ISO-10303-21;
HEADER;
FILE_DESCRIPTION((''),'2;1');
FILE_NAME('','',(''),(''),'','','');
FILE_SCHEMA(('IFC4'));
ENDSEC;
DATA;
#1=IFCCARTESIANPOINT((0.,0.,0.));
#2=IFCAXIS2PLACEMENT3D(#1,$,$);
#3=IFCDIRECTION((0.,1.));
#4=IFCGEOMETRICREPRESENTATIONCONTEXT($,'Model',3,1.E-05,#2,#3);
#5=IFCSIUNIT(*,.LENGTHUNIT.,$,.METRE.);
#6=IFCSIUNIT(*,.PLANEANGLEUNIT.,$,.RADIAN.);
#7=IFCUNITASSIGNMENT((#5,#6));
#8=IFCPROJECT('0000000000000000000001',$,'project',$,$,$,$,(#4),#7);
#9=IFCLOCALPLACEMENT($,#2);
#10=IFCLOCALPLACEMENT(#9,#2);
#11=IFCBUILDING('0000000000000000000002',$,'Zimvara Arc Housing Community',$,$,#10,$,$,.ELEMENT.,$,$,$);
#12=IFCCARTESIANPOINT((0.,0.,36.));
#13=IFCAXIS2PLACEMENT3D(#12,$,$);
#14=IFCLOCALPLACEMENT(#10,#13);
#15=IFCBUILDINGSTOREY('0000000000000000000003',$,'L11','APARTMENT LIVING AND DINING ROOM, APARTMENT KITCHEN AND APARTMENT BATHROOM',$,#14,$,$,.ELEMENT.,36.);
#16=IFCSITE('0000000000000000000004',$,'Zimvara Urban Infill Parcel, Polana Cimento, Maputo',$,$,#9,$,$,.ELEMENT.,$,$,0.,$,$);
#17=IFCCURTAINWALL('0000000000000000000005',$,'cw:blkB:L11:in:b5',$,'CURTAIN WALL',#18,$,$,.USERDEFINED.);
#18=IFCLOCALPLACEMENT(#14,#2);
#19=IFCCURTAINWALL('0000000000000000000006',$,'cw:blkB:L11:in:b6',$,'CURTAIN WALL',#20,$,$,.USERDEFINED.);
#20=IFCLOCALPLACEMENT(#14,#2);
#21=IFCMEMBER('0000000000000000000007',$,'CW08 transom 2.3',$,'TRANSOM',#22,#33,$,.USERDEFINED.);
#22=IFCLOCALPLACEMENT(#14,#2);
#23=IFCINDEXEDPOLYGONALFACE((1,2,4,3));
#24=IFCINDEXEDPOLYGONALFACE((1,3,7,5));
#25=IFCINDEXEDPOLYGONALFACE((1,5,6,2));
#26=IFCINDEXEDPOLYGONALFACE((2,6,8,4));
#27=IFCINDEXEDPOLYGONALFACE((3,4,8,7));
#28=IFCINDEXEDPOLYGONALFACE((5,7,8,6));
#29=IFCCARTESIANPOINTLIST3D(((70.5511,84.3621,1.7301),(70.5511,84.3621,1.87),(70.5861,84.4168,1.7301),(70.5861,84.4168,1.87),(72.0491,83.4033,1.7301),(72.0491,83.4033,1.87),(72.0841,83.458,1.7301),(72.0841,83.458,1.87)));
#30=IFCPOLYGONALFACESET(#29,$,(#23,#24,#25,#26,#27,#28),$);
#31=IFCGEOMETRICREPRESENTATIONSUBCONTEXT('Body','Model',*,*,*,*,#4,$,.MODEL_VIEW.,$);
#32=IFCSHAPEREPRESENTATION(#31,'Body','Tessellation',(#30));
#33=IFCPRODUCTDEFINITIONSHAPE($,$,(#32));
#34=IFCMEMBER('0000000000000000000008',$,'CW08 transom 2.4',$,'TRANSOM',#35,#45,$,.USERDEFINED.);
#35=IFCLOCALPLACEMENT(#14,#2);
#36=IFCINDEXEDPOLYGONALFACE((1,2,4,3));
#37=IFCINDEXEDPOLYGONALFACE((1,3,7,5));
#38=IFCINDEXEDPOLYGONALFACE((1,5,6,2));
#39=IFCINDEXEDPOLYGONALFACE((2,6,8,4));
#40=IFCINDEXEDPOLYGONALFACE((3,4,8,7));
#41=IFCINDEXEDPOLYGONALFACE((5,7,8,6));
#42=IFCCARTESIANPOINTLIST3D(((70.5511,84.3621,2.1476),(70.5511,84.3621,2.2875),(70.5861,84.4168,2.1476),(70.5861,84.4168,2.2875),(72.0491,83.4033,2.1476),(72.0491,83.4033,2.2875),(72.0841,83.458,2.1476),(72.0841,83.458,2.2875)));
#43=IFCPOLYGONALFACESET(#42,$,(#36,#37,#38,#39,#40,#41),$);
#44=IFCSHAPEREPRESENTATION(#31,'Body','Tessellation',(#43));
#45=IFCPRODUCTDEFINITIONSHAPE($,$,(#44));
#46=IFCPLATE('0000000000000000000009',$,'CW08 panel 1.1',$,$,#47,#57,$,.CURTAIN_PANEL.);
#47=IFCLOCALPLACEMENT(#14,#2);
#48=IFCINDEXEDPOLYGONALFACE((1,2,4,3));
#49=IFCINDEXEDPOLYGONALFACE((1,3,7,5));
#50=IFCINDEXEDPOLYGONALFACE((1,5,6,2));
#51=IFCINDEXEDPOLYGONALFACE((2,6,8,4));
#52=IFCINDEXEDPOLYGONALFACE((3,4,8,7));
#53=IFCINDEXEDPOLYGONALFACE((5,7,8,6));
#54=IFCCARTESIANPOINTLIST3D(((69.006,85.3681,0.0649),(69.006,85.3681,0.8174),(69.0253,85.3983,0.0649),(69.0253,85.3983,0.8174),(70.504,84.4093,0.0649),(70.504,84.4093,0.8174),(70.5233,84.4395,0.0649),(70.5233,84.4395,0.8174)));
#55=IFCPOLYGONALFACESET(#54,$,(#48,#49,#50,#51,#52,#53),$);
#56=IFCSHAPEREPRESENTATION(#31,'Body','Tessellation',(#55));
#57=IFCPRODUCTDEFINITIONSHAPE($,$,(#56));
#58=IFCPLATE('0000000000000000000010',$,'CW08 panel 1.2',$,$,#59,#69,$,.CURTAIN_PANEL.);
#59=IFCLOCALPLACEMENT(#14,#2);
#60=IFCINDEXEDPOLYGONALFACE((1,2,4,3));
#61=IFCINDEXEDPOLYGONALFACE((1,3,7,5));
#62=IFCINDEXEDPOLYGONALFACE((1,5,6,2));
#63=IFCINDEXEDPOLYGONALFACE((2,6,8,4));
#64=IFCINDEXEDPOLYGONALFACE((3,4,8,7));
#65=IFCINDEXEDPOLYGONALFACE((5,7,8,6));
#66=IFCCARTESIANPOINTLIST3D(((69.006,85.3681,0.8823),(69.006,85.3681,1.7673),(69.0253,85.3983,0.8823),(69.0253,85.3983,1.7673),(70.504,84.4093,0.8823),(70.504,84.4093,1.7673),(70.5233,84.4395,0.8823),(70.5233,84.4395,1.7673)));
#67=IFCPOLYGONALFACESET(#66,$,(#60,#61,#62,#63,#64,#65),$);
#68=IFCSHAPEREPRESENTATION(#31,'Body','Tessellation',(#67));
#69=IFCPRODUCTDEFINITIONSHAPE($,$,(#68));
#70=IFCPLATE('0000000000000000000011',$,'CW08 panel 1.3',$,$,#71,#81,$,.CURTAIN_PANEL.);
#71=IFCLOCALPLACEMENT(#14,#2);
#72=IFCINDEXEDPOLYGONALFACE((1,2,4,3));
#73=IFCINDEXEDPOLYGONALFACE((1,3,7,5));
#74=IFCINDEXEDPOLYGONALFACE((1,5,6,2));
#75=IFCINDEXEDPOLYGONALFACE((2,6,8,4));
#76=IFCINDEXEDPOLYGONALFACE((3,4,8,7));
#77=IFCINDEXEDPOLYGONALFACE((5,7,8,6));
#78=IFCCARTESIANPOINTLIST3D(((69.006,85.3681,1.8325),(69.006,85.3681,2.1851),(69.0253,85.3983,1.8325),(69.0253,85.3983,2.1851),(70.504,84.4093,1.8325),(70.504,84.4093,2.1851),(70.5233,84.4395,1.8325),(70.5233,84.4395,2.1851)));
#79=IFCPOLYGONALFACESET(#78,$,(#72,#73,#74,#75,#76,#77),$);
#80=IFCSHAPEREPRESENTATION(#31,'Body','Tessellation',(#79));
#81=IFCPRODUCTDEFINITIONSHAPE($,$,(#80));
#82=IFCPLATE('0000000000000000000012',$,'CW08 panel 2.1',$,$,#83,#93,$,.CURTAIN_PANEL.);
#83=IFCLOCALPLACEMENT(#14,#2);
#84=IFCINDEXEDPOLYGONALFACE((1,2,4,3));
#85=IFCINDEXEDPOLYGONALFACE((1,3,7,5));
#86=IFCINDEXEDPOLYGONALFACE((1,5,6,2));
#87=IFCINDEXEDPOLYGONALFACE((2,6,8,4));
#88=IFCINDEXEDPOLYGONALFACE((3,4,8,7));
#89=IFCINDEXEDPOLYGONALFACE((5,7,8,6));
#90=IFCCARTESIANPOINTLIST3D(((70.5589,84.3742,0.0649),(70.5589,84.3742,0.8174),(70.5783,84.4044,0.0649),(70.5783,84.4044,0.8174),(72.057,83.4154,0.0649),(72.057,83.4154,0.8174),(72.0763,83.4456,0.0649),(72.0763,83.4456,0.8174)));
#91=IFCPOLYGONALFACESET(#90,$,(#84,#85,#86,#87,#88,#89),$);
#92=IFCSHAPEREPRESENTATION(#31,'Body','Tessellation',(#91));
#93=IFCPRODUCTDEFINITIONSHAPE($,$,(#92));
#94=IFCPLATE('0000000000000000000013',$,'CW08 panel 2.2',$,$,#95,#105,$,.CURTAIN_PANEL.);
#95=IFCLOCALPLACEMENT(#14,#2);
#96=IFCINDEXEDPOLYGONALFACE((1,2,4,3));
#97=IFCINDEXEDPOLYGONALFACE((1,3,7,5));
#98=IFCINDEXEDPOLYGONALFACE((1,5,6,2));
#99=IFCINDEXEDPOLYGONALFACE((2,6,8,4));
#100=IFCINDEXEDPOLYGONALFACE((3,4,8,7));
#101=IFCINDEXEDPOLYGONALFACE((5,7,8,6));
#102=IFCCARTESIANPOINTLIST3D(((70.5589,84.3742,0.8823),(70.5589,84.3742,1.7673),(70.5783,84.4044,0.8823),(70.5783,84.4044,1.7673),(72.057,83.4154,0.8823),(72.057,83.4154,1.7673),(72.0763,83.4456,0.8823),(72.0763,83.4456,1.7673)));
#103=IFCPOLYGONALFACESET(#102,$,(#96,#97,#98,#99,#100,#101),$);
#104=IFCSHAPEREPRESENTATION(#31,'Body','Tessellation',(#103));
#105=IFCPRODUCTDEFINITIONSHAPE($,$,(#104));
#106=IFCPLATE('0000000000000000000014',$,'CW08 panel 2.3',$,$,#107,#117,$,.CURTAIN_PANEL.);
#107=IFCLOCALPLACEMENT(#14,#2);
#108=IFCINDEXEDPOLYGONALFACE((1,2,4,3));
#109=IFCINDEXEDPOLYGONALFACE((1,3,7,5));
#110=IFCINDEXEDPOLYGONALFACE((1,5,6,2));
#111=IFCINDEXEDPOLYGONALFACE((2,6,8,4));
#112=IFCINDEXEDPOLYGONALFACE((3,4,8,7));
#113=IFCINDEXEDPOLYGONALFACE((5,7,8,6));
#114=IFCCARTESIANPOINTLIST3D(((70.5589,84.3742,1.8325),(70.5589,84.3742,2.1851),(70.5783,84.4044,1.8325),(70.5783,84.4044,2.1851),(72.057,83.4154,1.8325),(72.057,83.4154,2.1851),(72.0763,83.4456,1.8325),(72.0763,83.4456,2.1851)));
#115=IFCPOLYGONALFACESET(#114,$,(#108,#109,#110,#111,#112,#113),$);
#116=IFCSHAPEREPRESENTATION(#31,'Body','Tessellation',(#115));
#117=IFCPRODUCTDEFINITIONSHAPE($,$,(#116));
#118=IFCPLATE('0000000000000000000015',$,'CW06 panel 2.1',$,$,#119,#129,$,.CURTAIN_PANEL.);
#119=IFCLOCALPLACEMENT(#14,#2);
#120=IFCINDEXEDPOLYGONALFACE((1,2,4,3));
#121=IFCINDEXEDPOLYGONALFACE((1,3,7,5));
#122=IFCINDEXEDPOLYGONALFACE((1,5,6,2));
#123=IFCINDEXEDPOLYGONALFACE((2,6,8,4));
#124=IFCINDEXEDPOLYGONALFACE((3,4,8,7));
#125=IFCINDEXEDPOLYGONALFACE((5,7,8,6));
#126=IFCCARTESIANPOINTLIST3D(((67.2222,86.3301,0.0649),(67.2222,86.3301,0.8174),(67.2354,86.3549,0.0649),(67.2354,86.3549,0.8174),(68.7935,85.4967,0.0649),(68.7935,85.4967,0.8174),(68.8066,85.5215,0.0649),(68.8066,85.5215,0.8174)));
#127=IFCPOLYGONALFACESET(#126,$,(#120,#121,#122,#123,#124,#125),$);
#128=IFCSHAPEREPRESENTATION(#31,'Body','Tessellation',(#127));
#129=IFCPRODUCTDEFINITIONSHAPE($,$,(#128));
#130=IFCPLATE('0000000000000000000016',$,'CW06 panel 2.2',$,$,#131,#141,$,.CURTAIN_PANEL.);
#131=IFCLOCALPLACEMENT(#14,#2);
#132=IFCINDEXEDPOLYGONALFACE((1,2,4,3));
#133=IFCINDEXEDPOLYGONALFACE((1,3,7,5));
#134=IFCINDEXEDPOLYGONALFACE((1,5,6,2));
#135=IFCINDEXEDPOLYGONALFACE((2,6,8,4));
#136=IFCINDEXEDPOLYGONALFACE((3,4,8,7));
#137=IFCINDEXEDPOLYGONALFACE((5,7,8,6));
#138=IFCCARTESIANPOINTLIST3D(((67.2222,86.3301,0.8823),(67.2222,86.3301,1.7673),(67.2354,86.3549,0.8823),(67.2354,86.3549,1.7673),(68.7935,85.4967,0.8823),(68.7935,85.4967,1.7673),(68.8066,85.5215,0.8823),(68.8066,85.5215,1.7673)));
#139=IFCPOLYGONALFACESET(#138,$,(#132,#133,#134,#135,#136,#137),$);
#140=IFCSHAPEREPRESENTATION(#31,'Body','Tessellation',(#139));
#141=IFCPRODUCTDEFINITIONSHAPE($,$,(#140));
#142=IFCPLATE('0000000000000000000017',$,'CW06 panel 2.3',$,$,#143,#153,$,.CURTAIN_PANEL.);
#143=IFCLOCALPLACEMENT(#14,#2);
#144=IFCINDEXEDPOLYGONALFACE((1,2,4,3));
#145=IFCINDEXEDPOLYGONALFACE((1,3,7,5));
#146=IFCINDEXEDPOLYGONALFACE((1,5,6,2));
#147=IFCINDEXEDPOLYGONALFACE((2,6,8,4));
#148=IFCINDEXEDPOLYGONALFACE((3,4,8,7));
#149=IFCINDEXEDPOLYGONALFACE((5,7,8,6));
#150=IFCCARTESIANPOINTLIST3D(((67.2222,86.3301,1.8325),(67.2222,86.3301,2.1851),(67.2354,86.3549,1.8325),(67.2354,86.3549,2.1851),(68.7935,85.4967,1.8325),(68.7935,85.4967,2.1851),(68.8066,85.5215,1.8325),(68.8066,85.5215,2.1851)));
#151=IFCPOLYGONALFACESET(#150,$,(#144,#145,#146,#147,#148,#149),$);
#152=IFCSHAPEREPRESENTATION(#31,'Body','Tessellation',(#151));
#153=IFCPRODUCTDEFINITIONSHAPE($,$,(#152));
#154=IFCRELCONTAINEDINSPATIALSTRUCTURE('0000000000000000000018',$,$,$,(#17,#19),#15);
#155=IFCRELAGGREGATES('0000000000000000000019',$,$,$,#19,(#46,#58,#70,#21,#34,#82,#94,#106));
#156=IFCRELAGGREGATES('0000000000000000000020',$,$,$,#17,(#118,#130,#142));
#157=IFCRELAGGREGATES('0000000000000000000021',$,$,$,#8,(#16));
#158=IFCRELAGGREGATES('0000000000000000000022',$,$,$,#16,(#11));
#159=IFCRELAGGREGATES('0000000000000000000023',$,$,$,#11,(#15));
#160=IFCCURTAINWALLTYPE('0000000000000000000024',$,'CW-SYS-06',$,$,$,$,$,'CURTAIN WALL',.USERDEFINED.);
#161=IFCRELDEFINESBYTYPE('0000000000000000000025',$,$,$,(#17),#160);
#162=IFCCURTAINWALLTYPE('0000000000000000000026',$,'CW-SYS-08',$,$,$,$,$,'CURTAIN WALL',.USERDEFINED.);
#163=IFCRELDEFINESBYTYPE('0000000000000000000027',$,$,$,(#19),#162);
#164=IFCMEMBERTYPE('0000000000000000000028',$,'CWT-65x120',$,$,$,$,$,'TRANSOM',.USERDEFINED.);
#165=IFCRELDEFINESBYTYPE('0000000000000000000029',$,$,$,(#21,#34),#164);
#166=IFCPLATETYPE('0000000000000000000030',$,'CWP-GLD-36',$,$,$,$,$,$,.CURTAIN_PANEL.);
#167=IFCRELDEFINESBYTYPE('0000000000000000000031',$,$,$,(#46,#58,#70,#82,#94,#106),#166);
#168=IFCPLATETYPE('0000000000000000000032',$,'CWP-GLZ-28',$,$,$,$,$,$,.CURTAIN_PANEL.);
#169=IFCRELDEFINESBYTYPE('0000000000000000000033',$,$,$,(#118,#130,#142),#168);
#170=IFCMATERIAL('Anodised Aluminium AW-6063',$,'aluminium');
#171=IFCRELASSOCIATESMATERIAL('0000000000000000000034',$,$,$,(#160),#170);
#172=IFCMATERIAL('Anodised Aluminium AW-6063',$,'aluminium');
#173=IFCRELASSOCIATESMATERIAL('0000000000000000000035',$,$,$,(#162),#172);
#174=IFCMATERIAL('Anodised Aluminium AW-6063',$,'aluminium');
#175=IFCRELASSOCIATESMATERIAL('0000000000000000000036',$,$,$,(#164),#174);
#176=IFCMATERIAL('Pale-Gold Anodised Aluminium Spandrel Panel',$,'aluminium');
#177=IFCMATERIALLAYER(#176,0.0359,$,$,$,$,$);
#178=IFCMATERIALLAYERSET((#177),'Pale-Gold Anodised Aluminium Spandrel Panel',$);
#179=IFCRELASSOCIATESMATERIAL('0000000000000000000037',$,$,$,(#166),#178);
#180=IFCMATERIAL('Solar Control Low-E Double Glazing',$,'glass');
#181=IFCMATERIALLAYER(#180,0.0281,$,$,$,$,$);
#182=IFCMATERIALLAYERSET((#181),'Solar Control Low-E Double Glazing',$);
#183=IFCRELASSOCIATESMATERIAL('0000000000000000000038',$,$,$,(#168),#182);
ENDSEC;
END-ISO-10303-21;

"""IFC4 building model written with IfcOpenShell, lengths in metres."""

from ifc_helpers import new_model, si_unit, direction, frame, origin, origin_2d, place, context, subcontext, project, spatial, rectangle, extrude, material, layer, layer_set, material_profile, profile_set, type_object, element, aggregate, save


model = new_model("IFC4")

# Units and contexts
model_context = context("Model", 3, precision=1e-05, world=origin(), true_north=direction((0.0, 1.0)))
body_context = subcontext(model_context, "Body", "Model", "MODEL_VIEW")
ifc_project = project(units=[si_unit("LENGTHUNIT", "METRE"), si_unit("PLANEANGLEUNIT", "RADIAN")], contexts=[model_context])

# Site, building, storey
site_placement = place(None, origin())
site = spatial("IfcSite", under=ifc_project, at=site_placement, Name="Zimvara Urban Infill Parcel, Polana Cimento, Maputo", CompositionType="ELEMENT", RefElevation=0.0)
building_placement = place(site_placement, origin())
building = spatial("IfcBuilding", under=site, at=building_placement, Name="Zimvara Arc Housing Community", CompositionType="ELEMENT")
storey_placement = place(building_placement, frame((0.0, 0.0, 36.0)))
storey = spatial("IfcBuildingStorey", under=building, at=storey_placement, Name="L11", Description="APARTMENT LIVING AND DINING ROOM, APARTMENT KITCHEN AND APARTMENT BATHROOM", CompositionType="ELEMENT", Elevation=36.0)

# Curtain wall
ifc_material_1 = material(Name="Anodised Aluminium AW-6063", Category="aluminium")
curtain_wall_type_1 = type_object("IfcCurtainWallType", Name="CW-SYS-06", ElementType="CURTAIN WALL", PredefinedType="USERDEFINED", material=ifc_material_1)
curtain_wall_1_placement = place(storey_placement, origin())
curtain_wall_1 = element("IfcCurtainWall", 1, at=curtain_wall_1_placement, inside=storey, type_object=curtain_wall_type_1, Name="cw:blkB:L11:in:b5", ObjectType="CURTAIN WALL", PredefinedType="USERDEFINED")

# Curtain wall
ifc_material_2 = material(Name="Anodised Aluminium AW-6063", Category="aluminium")
curtain_wall_type_2 = type_object("IfcCurtainWallType", Name="CW-SYS-08", ElementType="CURTAIN WALL", PredefinedType="USERDEFINED", material=ifc_material_2)
curtain_wall_2_placement = place(storey_placement, origin())
curtain_wall_2 = element("IfcCurtainWall", 2, at=curtain_wall_2_placement, inside=storey, type_object=curtain_wall_type_2, Name="cw:blkB:L11:in:b6", ObjectType="CURTAIN WALL", PredefinedType="USERDEFINED")

# Members
ifc_material_3 = material(Name="Anodised Aluminium AW-6063", Category="aluminium")
ifc_material_profile_1 = material_profile(ifc_material_3, rectangle(XDim=0.0649, YDim=0.1399, at=origin_2d()), Name="ALU 65x140")
ifc_profile_set_1 = profile_set([ifc_material_profile_1], Name="Anodised Aluminium AW-6063")
member_type_1 = type_object("IfcMemberType", Name="CWT-65x120", ElementType="TRANSOM", PredefinedType="USERDEFINED", material=ifc_profile_set_1)
member_1_placement = place(storey_placement, frame((70.5686, 84.3894, 1.8), z_axis=(0.842274, -0.53905, 0.0), x_axis=(0.53905, 0.842274, 0.0)))
member_1 = element("IfcMember", 3, at=member_1_placement, type_object=member_type_1, Name="CW08 transom 2.3", ObjectType="TRANSOM", PredefinedType="USERDEFINED", context=body_context, shape_type="SweptSolid", body=[
    extrude(rectangle(XDim=0.0649, YDim=0.1399, at=origin_2d()), origin(), (0.0, 0.0, 1.0), 1.7786),
])
member_2_placement = place(storey_placement, frame((70.5686, 84.3894, 2.2175), z_axis=(0.842274, -0.53905, 0.0), x_axis=(0.53905, 0.842274, 0.0)))
member_2 = element("IfcMember", 4, at=member_2_placement, type_object=member_type_1, Name="CW08 transom 2.4", ObjectType="TRANSOM", PredefinedType="USERDEFINED", context=body_context, shape_type="SweptSolid", body=[
    extrude(rectangle(XDim=0.0649, YDim=0.1399, at=origin_2d()), origin(), (0.0, 0.0, 1.0), 1.7786),
])

# Plates
ifc_material_4 = material(Name="Pale-Gold Anodised Aluminium Spandrel Panel", Category="aluminium")
ifc_layer_1 = layer(ifc_material_4, 0.0359)
ifc_layer_set_1 = layer_set([ifc_layer_1], Name="Pale-Gold Anodised Aluminium Spandrel Panel")
plate_type_1 = type_object("IfcPlateType", Name="CWP-GLD-36", PredefinedType="CURTAIN_PANEL", material=ifc_layer_set_1)
plate_1_placement = place(storey_placement, frame((69.7646, 84.9038, 0.0649), z_axis=(0.0, 0.0, 1.0), x_axis=(0.842264, -0.539065, 0.0)))
plate_1 = element("IfcPlate", 5, at=plate_1_placement, type_object=plate_type_1, Name="CW08 panel 1.1", PredefinedType="CURTAIN_PANEL", context=body_context, shape_type="SweptSolid", body=[
    extrude(rectangle(XDim=1.7786, YDim=0.0359, at=origin_2d()), origin(), (0.0, 0.0, 1.0), 0.7524),
])
plate_2_placement = place(storey_placement, frame((69.7646, 84.9038, 0.8823), z_axis=(0.0, 0.0, 1.0), x_axis=(0.842264, -0.539065, 0.0)))
plate_2 = element("IfcPlate", 6, at=plate_2_placement, type_object=plate_type_1, Name="CW08 panel 1.2", PredefinedType="CURTAIN_PANEL", context=body_context, shape_type="SweptSolid", body=[
    extrude(rectangle(XDim=1.7786, YDim=0.0359, at=origin_2d()), origin(), (0.0, 0.0, 1.0), 0.885),
])
plate_3_placement = place(storey_placement, frame((69.7646, 84.9038, 1.8325), z_axis=(0.0, 0.0, 1.0), x_axis=(0.842264, -0.539065, 0.0)))
plate_3 = element("IfcPlate", 7, at=plate_3_placement, type_object=plate_type_1, Name="CW08 panel 1.3", PredefinedType="CURTAIN_PANEL", context=body_context, shape_type="SweptSolid", body=[
    extrude(rectangle(XDim=1.7786, YDim=0.0359, at=origin_2d()), origin(), (0.0, 0.0, 1.0), 0.3525),
])
plate_4_placement = place(storey_placement, frame((71.3176, 83.9099, 0.0649), z_axis=(0.0, 0.0, 1.0), x_axis=(0.842264, -0.539065, 0.0)))
plate_4 = element("IfcPlate", 8, at=plate_4_placement, type_object=plate_type_1, Name="CW08 panel 2.1", PredefinedType="CURTAIN_PANEL", context=body_context, shape_type="SweptSolid", body=[
    extrude(rectangle(XDim=1.7786, YDim=0.0359, at=origin_2d()), origin(), (0.0, 0.0, 1.0), 0.7524),
])
plate_5_placement = place(storey_placement, frame((71.3176, 83.9099, 0.8823), z_axis=(0.0, 0.0, 1.0), x_axis=(0.842264, -0.539065, 0.0)))
plate_5 = element("IfcPlate", 9, at=plate_5_placement, type_object=plate_type_1, Name="CW08 panel 2.2", PredefinedType="CURTAIN_PANEL", context=body_context, shape_type="SweptSolid", body=[
    extrude(rectangle(XDim=1.7786, YDim=0.0359, at=origin_2d()), origin(), (0.0, 0.0, 1.0), 0.885),
])
plate_6_placement = place(storey_placement, frame((71.3176, 83.9099, 1.8325), z_axis=(0.0, 0.0, 1.0), x_axis=(0.842264, -0.539065, 0.0)))
plate_6 = element("IfcPlate", 10, at=plate_6_placement, type_object=plate_type_1, Name="CW08 panel 2.3", PredefinedType="CURTAIN_PANEL", context=body_context, shape_type="SweptSolid", body=[
    extrude(rectangle(XDim=1.7786, YDim=0.0359, at=origin_2d()), origin(), (0.0, 0.0, 1.0), 0.3525),
])
aggregate(curtain_wall_2, [plate_1, plate_2, plate_3, member_1, member_2, plate_4, plate_5, plate_6])
ifc_material_5 = material(Name="Solar Control Low-E Double Glazing", Category="glass")
ifc_layer_2 = layer(ifc_material_5, 0.0281)
ifc_layer_set_2 = layer_set([ifc_layer_2], Name="Solar Control Low-E Double Glazing")
plate_type_2 = type_object("IfcPlateType", Name="CWP-GLZ-28", PredefinedType="CURTAIN_PANEL", material=ifc_layer_set_2)
plate_7_placement = place(storey_placement, frame((68.0144, 85.9258, 0.0649), z_axis=(0.0, 0.0, 1.0), x_axis=(0.883439, -0.468547, 0.0)))
plate_7 = element("IfcPlate", 11, at=plate_7_placement, type_object=plate_type_2, Name="CW06 panel 2.1", PredefinedType="CURTAIN_PANEL", context=body_context, shape_type="SweptSolid", body=[
    extrude(rectangle(XDim=1.7786, YDim=0.0281, at=origin_2d()), origin(), (0.0, 0.0, 1.0), 0.7524),
])
plate_8_placement = place(storey_placement, frame((68.0144, 85.9258, 0.8823), z_axis=(0.0, 0.0, 1.0), x_axis=(0.883439, -0.468547, 0.0)))
plate_8 = element("IfcPlate", 12, at=plate_8_placement, type_object=plate_type_2, Name="CW06 panel 2.2", PredefinedType="CURTAIN_PANEL", context=body_context, shape_type="SweptSolid", body=[
    extrude(rectangle(XDim=1.7786, YDim=0.0281, at=origin_2d()), origin(), (0.0, 0.0, 1.0), 0.885),
])
plate_9_placement = place(storey_placement, frame((68.0144, 85.9258, 1.8325), z_axis=(0.0, 0.0, 1.0), x_axis=(0.883439, -0.468547, 0.0)))
plate_9 = element("IfcPlate", 13, at=plate_9_placement, type_object=plate_type_2, Name="CW06 panel 2.3", PredefinedType="CURTAIN_PANEL", context=body_context, shape_type="SweptSolid", body=[
    extrude(rectangle(XDim=1.7786, YDim=0.0281, at=origin_2d()), origin(), (0.0, 0.0, 1.0), 0.3525),
])
aggregate(curtain_wall_1, [plate_7, plate_8, plate_9])

save(model, "model.ifc")
